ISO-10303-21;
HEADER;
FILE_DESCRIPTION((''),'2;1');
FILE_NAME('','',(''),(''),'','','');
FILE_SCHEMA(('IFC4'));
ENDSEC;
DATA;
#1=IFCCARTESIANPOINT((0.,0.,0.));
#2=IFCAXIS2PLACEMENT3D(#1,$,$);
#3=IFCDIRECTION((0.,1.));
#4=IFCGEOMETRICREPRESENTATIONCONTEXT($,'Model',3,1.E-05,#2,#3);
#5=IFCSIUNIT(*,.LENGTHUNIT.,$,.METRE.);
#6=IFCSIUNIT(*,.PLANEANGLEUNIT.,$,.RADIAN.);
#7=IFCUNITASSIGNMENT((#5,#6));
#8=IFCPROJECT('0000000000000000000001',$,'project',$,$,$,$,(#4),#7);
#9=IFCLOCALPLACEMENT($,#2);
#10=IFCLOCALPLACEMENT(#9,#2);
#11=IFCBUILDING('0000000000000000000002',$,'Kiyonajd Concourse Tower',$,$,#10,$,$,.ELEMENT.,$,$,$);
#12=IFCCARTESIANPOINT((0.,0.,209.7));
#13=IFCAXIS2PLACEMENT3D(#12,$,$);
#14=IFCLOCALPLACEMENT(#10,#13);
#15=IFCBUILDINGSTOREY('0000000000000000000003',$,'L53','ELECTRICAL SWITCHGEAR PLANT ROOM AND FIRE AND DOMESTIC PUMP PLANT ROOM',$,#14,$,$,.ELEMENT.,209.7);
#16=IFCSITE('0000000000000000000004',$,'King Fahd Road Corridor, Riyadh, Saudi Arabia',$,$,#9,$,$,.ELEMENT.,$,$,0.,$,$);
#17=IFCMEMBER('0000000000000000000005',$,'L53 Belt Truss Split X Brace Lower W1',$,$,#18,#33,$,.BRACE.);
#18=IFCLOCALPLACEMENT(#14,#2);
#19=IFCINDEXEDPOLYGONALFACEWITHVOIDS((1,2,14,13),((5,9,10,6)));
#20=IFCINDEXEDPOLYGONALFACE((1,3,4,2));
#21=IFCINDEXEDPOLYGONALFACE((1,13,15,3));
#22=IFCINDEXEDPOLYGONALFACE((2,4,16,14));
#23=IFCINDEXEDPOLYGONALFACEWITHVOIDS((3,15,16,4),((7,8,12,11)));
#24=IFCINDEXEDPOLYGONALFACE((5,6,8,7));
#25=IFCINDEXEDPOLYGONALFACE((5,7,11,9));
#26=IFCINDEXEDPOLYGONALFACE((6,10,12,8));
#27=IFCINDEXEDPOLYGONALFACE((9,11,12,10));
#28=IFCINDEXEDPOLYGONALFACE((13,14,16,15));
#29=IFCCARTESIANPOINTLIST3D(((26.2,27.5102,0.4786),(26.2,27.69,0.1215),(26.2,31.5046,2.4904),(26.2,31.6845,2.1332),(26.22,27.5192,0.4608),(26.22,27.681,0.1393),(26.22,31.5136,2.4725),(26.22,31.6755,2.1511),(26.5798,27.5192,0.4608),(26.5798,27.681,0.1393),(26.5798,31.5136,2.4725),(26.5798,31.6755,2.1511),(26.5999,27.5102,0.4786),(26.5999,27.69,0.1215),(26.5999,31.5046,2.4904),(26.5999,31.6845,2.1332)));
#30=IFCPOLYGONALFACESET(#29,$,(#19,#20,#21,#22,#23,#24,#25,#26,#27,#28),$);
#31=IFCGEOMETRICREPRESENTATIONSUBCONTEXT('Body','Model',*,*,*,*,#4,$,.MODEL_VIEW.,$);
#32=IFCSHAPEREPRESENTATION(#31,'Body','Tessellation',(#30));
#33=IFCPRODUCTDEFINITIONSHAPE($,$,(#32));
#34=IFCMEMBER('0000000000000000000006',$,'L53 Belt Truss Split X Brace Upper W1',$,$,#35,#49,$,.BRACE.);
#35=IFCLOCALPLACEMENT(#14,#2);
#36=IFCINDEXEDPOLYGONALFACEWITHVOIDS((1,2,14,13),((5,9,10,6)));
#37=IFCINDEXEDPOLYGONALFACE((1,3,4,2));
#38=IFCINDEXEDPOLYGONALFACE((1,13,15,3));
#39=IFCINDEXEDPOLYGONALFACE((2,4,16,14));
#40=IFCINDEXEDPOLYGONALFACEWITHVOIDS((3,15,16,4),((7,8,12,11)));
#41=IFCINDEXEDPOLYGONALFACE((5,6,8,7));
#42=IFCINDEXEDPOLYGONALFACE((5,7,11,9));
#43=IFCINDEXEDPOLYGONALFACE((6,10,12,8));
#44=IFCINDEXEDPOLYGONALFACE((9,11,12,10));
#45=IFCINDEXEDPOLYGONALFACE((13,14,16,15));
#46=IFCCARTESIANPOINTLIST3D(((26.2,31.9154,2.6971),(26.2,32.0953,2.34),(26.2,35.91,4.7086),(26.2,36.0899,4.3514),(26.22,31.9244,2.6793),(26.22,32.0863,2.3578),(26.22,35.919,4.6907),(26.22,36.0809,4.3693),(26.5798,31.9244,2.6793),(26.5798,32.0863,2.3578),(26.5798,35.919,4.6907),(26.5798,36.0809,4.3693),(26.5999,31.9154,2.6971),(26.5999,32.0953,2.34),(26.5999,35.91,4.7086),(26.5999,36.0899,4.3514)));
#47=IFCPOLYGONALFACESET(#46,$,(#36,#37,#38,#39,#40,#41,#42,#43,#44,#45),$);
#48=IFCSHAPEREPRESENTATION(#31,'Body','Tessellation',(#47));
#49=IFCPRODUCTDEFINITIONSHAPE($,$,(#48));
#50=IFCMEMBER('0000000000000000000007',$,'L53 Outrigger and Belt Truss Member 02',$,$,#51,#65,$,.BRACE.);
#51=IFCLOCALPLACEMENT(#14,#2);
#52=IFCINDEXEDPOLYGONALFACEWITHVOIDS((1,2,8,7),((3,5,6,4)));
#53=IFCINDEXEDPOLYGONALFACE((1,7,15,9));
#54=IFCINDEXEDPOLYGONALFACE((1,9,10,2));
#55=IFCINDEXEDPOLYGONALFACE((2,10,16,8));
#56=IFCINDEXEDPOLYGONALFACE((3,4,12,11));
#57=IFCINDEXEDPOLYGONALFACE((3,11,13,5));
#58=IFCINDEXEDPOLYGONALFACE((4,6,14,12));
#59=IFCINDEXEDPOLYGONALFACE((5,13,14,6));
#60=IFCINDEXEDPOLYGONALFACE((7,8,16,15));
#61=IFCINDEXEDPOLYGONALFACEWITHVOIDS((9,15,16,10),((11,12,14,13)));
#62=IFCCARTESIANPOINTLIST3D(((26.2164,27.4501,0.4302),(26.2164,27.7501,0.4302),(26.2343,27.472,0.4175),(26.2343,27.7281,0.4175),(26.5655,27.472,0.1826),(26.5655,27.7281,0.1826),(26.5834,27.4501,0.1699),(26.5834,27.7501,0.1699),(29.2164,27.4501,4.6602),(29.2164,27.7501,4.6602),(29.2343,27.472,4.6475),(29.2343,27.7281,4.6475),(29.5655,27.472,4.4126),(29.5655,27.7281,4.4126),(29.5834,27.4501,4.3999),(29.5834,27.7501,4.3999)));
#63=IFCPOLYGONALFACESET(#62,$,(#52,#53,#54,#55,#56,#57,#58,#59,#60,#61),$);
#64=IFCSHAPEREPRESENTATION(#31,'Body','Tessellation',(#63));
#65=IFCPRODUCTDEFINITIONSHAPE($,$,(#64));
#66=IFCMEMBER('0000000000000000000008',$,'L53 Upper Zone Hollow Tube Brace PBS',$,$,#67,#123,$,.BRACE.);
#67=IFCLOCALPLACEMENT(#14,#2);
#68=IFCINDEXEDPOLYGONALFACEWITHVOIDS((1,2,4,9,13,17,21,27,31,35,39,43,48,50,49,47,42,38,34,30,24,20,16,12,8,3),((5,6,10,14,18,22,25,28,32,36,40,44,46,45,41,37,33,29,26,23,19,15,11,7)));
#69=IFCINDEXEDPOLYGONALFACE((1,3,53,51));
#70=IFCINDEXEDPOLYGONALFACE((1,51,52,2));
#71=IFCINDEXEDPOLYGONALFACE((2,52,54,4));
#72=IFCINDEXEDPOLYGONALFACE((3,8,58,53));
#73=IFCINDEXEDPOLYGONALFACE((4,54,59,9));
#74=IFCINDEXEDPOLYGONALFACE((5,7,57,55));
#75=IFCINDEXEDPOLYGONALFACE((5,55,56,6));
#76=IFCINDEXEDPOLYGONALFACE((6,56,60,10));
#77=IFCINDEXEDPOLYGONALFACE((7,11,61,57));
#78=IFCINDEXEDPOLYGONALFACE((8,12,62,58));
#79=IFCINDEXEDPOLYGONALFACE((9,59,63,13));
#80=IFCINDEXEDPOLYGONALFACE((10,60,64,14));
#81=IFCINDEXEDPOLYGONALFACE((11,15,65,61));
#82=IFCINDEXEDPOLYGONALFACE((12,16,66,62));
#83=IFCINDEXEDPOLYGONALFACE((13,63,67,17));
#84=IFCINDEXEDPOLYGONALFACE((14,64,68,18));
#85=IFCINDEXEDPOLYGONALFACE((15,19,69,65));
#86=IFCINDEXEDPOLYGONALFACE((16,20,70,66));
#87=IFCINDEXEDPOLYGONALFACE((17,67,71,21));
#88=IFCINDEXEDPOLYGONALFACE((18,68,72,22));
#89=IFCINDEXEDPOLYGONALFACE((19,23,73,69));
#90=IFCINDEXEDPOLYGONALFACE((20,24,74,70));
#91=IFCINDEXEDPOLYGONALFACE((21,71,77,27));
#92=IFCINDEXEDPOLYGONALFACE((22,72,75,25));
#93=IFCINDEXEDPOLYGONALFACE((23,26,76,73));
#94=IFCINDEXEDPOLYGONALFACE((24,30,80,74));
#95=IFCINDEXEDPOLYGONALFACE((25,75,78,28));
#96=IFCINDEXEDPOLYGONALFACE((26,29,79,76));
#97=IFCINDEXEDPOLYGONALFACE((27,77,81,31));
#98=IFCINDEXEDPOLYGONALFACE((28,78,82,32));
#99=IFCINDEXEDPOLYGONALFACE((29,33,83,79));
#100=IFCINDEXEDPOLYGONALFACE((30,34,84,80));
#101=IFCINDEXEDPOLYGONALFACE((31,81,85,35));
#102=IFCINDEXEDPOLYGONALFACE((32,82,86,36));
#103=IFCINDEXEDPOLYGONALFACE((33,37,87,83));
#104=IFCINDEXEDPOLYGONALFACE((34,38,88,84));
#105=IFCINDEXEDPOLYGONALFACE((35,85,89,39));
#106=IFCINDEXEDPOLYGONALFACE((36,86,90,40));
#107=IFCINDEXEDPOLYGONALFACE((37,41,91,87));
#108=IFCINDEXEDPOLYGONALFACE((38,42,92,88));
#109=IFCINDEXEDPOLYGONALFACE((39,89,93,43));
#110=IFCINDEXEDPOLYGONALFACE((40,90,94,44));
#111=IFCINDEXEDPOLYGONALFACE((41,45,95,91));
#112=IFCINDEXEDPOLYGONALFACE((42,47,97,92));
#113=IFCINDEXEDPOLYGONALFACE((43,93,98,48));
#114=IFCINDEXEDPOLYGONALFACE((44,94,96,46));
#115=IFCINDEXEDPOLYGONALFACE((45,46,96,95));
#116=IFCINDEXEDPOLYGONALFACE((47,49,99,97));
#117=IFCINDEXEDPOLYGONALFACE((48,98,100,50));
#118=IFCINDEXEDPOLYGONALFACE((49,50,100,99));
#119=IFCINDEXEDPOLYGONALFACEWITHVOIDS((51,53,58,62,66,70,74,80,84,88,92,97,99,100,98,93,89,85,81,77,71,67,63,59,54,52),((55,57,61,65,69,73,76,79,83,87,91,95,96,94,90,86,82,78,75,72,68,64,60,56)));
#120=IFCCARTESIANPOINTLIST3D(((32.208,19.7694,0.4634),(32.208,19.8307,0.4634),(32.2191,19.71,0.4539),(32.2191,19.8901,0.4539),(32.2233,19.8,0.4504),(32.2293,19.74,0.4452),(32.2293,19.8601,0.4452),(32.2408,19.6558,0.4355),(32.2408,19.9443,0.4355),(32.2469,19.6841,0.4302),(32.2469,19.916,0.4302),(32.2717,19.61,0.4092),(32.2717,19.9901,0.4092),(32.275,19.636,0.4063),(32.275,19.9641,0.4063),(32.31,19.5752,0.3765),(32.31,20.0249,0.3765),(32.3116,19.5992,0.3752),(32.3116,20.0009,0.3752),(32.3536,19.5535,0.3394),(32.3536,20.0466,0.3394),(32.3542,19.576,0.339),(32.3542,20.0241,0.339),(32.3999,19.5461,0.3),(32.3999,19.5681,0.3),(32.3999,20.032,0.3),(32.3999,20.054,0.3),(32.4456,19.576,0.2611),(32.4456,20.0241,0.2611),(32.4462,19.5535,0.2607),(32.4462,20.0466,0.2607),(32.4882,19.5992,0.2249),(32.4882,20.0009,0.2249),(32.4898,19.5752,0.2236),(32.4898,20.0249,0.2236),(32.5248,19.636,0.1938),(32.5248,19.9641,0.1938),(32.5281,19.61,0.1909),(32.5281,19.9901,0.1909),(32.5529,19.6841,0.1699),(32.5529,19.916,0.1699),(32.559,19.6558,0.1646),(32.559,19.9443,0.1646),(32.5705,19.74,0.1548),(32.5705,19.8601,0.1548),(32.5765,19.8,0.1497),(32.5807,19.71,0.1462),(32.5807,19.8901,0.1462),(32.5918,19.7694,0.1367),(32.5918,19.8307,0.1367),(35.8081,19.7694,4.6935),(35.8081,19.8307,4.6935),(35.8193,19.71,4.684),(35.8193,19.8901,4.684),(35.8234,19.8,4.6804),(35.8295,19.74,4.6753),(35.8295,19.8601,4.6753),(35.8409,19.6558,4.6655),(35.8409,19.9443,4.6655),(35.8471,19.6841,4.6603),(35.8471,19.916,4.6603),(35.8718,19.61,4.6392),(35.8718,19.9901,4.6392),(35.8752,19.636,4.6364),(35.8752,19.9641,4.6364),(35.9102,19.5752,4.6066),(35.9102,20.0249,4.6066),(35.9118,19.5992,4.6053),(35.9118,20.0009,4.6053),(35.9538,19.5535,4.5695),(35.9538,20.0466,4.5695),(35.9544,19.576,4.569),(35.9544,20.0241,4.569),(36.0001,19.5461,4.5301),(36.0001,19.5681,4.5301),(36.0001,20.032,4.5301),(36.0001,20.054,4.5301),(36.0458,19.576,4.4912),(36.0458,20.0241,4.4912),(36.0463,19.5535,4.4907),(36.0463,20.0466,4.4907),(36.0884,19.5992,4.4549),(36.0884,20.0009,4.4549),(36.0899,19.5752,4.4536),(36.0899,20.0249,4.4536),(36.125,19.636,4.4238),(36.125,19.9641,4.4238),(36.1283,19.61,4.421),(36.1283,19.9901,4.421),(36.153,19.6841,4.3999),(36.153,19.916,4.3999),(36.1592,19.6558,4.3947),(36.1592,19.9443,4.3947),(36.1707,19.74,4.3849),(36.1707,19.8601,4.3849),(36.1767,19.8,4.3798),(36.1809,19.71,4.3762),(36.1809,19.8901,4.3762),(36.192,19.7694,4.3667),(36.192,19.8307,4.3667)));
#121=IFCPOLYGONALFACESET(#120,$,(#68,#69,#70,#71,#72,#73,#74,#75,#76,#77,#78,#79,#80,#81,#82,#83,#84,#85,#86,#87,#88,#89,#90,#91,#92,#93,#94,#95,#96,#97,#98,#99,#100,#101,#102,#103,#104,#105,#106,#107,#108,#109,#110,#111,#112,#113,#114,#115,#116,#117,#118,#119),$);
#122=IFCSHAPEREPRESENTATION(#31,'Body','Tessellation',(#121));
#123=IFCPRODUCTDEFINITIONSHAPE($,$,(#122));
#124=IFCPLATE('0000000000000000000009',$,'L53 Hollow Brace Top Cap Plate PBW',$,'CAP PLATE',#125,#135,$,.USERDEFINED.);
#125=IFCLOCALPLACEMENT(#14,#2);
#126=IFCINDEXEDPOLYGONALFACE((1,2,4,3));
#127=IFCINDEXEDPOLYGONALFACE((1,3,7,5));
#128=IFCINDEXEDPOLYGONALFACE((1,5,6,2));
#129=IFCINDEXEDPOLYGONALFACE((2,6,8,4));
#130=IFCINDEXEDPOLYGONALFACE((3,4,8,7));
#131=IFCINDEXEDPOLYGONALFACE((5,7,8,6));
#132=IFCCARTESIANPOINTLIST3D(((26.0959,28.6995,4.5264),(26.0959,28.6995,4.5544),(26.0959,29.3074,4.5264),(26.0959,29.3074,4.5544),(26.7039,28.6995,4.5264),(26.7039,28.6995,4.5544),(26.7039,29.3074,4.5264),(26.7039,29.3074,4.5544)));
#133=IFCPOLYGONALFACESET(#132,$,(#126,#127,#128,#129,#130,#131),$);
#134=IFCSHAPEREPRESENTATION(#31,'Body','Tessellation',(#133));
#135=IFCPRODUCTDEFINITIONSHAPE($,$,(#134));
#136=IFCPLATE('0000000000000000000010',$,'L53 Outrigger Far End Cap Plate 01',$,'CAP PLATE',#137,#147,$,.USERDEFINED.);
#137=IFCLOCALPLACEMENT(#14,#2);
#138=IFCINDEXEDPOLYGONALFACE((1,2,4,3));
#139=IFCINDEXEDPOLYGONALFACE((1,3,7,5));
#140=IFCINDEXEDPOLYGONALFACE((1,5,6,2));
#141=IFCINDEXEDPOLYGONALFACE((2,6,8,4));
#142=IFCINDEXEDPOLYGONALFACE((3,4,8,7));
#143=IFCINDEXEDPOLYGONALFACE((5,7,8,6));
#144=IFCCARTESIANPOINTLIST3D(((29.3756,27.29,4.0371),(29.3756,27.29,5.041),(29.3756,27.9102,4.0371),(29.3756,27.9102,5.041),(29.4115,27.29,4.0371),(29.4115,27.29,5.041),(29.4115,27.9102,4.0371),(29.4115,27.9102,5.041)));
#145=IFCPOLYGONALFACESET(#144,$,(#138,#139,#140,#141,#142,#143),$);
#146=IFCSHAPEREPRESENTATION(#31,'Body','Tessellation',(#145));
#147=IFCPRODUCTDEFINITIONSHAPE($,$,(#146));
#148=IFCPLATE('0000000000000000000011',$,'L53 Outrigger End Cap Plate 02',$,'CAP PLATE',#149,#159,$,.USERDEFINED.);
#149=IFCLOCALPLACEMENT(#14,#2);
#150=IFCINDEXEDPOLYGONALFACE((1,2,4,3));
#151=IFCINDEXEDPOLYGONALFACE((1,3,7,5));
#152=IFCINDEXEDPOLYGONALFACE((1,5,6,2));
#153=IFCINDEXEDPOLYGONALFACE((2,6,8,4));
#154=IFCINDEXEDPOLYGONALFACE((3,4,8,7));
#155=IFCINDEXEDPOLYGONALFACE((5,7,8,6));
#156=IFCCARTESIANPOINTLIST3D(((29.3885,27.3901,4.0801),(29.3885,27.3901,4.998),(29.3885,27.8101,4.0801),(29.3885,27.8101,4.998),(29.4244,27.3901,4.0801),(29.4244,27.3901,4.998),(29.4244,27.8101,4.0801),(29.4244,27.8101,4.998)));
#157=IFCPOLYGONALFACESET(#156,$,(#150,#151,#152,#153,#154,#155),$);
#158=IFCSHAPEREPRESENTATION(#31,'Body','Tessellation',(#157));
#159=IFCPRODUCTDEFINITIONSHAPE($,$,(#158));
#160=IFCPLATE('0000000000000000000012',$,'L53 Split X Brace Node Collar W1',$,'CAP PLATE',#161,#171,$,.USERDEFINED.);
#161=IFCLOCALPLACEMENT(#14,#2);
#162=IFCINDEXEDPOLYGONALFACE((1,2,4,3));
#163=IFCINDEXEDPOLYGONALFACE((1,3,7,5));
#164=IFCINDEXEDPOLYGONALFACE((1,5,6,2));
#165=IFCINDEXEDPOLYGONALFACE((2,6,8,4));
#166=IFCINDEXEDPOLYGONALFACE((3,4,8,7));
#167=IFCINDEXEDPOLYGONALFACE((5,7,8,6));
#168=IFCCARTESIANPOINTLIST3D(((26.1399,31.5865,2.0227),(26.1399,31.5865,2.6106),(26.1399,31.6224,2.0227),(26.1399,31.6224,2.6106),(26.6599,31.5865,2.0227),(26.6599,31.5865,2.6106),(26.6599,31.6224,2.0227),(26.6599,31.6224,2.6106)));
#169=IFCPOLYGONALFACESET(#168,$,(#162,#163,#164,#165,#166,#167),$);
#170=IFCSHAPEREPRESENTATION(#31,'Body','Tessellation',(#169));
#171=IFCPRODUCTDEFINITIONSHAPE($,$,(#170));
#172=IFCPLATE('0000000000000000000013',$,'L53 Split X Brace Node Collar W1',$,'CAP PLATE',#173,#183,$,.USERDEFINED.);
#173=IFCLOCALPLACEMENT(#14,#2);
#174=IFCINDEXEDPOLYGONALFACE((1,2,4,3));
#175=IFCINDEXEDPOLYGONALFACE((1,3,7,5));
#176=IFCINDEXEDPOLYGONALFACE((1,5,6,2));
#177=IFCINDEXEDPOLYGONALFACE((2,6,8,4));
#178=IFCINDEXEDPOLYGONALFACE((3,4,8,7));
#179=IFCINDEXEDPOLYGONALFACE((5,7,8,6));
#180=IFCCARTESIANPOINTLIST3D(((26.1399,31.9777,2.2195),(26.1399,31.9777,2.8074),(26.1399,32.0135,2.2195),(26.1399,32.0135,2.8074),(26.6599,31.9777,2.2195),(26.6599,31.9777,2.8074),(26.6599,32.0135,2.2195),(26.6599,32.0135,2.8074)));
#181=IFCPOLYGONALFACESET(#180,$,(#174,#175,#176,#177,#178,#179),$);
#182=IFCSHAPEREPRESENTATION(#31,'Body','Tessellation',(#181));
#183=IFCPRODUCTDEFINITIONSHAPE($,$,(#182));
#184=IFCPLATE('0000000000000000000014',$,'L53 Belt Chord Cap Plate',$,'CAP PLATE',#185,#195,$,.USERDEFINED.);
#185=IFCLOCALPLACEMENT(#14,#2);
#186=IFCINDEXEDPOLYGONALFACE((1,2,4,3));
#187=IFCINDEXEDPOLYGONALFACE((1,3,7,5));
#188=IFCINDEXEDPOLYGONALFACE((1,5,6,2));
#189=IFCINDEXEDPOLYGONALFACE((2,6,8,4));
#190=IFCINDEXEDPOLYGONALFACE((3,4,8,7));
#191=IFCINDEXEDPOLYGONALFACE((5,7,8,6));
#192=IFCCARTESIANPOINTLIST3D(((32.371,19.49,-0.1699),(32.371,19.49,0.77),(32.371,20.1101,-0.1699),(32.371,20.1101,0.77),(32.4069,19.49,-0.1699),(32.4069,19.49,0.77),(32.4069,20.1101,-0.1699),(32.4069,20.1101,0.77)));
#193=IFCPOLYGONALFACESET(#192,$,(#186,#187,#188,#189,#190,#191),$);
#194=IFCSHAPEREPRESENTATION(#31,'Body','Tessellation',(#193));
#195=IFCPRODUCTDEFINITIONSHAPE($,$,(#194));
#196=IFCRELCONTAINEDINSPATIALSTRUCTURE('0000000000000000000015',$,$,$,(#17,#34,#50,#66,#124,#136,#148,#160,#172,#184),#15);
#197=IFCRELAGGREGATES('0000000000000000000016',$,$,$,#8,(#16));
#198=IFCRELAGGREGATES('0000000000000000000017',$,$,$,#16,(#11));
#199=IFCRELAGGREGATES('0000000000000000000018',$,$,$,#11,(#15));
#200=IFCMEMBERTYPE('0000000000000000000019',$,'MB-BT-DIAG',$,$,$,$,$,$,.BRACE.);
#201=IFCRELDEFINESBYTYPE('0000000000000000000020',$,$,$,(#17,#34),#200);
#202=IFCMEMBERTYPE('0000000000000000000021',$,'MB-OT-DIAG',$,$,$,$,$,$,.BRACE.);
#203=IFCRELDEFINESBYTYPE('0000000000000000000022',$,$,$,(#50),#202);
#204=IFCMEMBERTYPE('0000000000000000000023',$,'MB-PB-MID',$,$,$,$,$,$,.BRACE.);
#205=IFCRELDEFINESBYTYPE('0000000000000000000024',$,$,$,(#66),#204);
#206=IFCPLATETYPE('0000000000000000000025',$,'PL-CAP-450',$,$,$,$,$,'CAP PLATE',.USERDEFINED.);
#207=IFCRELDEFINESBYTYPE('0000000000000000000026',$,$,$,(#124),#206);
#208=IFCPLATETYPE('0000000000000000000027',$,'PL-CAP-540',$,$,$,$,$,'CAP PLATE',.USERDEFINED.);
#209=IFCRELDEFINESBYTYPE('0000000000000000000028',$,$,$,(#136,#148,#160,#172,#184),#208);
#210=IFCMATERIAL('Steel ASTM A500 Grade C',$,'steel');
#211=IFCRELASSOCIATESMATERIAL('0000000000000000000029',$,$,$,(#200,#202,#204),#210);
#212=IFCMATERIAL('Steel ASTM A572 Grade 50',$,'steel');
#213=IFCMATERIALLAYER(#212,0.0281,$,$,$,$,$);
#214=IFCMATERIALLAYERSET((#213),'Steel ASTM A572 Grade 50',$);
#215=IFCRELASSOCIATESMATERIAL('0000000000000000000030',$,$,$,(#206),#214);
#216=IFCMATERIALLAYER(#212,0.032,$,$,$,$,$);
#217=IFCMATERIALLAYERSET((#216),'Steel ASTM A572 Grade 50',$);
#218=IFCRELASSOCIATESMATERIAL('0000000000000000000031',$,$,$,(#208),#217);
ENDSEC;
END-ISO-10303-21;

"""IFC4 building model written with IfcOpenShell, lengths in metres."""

from ifc_helpers import new_model, si_unit, direction, frame, origin, origin_2d, place, context, subcontext, project, spatial, rectangle, hollow_rectangle, hollow_circle, extrude, material, layer, layer_set, material_profile, profile_set, type_object, element, save


model = new_model("IFC4")

# Units and contexts
model_context = context("Model", 3, precision=1e-05, world=origin(), true_north=direction((0.0, 1.0)))
body_context = subcontext(model_context, "Body", "Model", "MODEL_VIEW")
ifc_project = project(units=[si_unit("LENGTHUNIT", "METRE"), si_unit("PLANEANGLEUNIT", "RADIAN")], contexts=[model_context])

# Site, building, storey
site_placement = place(None, origin())
site = spatial("IfcSite", under=ifc_project, at=site_placement, Name="King Fahd Road Corridor, Riyadh, Saudi Arabia", CompositionType="ELEMENT", RefElevation=0.0)
building_placement = place(site_placement, origin())
building = spatial("IfcBuilding", under=site, at=building_placement, Name="Kiyonajd Concourse Tower", CompositionType="ELEMENT")
storey_placement = place(building_placement, frame((0.0, 0.0, 209.7)))
storey = spatial("IfcBuildingStorey", under=building, at=storey_placement, Name="L53", Description="ELECTRICAL SWITCHGEAR PLANT ROOM AND FIRE AND DOMESTIC PUMP PLANT ROOM", CompositionType="ELEMENT", Elevation=209.7)

# Shared definitions
ifc_material_1 = material(Name="Steel ASTM A572 Grade 50", Category="steel")

# Members
ifc_material_2 = material(Name="Steel ASTM A500 Grade C", Category="steel")
ifc_material_profile_1 = material_profile(ifc_material_2, hollow_rectangle(XDim=0.3999, YDim=0.3999, WallThickness=0.02, at=origin_2d()), Name="HSS-400x400x20")
ifc_profile_set_1 = profile_set([ifc_material_profile_1], Name="Steel ASTM A500 Grade C")
member_type_1 = type_object("IfcMemberType", Name="MB-BT-DIAG", PredefinedType="BRACE", material=ifc_profile_set_1)
for number, where, z_axis, x_axis, name in (
    (1, (26.3999, 27.6001, 0.3), (0.0, 0.893124, 0.44981), (-1.0, 0.0, 0.0), "L53 Belt Truss Split X Brace Lower W1"),
    (2, (26.3999, 32.0054, 2.5186), (0.0, 0.893157, 0.449745), (-1.0, 0.0, 0.0), "L53 Belt Truss Split X Brace Upper W1"),
):
    element("IfcMember", number, at=place(storey_placement, frame(where, z_axis=z_axis, x_axis=x_axis)), inside=storey, type_object=member_type_1, Name=name, PredefinedType="BRACE", context=body_context, shape_type="SweptSolid", body=[
        extrude(hollow_rectangle(XDim=0.3999, YDim=0.3999, WallThickness=0.02, at=origin_2d()), origin(), (0.0, 0.0, 1.0), 4.4724),
    ])
ifc_material_profile_2 = material_profile(ifc_material_2, hollow_rectangle(XDim=0.3, YDim=0.45, WallThickness=0.022, at=origin_2d()), Name="HSS-450x300x22")
ifc_profile_set_2 = profile_set([ifc_material_profile_2], Name="Steel ASTM A500 Grade C")
member_type_2 = type_object("IfcMemberType", Name="MB-OT-DIAG", PredefinedType="BRACE", material=ifc_profile_set_2)
member_1_placement = place(storey_placement, frame((29.3999, 27.6001, 4.53), z_axis=(-0.578501, 0.0, -0.815682), x_axis=(0.0, -1.0, 0.0)))
element("IfcMember", 3, at=member_1_placement, inside=storey, type_object=member_type_2, Name="L53 Outrigger and Belt Truss Member 02", PredefinedType="BRACE", context=body_context, shape_type="SweptSolid", body=[
    extrude(hollow_rectangle(XDim=0.3, YDim=0.45, WallThickness=0.022, at=origin_2d()), origin(), (0.0, 0.0, 1.0), 5.1858),
])
ifc_material_profile_3 = material_profile(ifc_material_2, hollow_circle(Radius=0.2539, WallThickness=0.022, at=origin_2d()), Name="CHS-508x22")
ifc_profile_set_3 = profile_set([ifc_material_profile_3], Name="Steel ASTM A500 Grade C")
member_type_3 = type_object("IfcMemberType", Name="MB-PB-MID", PredefinedType="BRACE", material=ifc_profile_set_3)
member_2_placement = place(storey_placement, frame((32.3999, 19.8, 0.3), z_axis=(0.648131, 0.0, 0.761529), x_axis=(0.0, 1.0, 0.0)))
element("IfcMember", 4, at=member_2_placement, inside=storey, type_object=member_type_3, Name="L53 Upper Zone Hollow Tube Brace PBS", PredefinedType="BRACE", context=body_context, shape_type="SweptSolid", body=[
    extrude(hollow_circle(Radius=0.2539, WallThickness=0.022, at=origin_2d()), origin(), (0.0, 0.0, 1.0), 5.5547),
])

# Plates
ifc_layer_1 = layer(ifc_material_1, 0.0281)
ifc_layer_set_1 = layer_set([ifc_layer_1], Name="Steel ASTM A572 Grade 50")
plate_type_1 = type_object("IfcPlateType", Name="PL-CAP-450", ElementType="CAP PLATE", PredefinedType="USERDEFINED", material=ifc_layer_set_1)
plate_1_placement = place(storey_placement, frame((26.3999, 29.0034, 4.5264), z_axis=(0.0, 0.0, 1.0), x_axis=(1.0, 0.0, 0.0)))
element("IfcPlate", 5, at=plate_1_placement, inside=storey, type_object=plate_type_1, Name="L53 Hollow Brace Top Cap Plate PBW", ObjectType="CAP PLATE", PredefinedType="USERDEFINED", context=body_context, shape_type="SweptSolid", body=[
    extrude(rectangle(XDim=0.6079, YDim=0.6079, at=origin_2d()), origin(), (0.0, 0.0, 1.0), 0.0281),
])
ifc_layer_2 = layer(ifc_material_1, 0.032)
ifc_layer_set_2 = layer_set([ifc_layer_2], Name="Steel ASTM A572 Grade 50")
plate_type_2 = type_object("IfcPlateType", Name="PL-CAP-540", ElementType="CAP PLATE", PredefinedType="USERDEFINED", material=ifc_layer_set_2)
plate_2_placement = place(storey_placement, frame((29.3936, 27.6001, 4.0371), z_axis=(0.0, 0.0, 1.0), x_axis=(-1.0, 0.0, 0.0)))
element("IfcPlate", 6, at=plate_2_placement, inside=storey, type_object=plate_type_2, Name="L53 Outrigger Far End Cap Plate 01", ObjectType="CAP PLATE", PredefinedType="USERDEFINED", context=body_context, shape_type="SweptSolid", body=[
    extrude(rectangle(XDim=0.0359, YDim=0.6201, at=origin_2d()), origin(), (0.0, 0.0, 1.0), 1.0039),
])
plate_3_placement = place(storey_placement, frame((29.4065, 27.6001, 4.0801), z_axis=(0.0, 0.0, 1.0), x_axis=(1.0, 0.0, 0.0)))
element("IfcPlate", 7, at=plate_3_placement, inside=storey, type_object=plate_type_2, Name="L53 Outrigger End Cap Plate 02", ObjectType="CAP PLATE", PredefinedType="USERDEFINED", context=body_context, shape_type="SweptSolid", body=[
    extrude(rectangle(XDim=0.0359, YDim=0.4199, at=origin_2d()), origin(), (0.0, 0.0, 1.0), 0.918),
])
for number, where, z_axis, x_axis, name in (
    (8, (26.3999, 31.6045, 2.0227), (0.0, 0.0, 1.0), (0.0, 1.0, 0.0), "L53 Split X Brace Node Collar W1"),
    (9, (26.3999, 31.9956, 2.2195), (0.0, 0.0, 1.0), (0.0, -1.0, 0.0), "L53 Split X Brace Node Collar W1"),
):
    element("IfcPlate", number, at=place(storey_placement, frame(where, z_axis=z_axis, x_axis=x_axis)), inside=storey, type_object=plate_type_2, Name=name, ObjectType="CAP PLATE", PredefinedType="USERDEFINED", context=body_context, shape_type="SweptSolid", body=[
        extrude(rectangle(XDim=0.0359, YDim=0.52, at=origin_2d()), origin(), (0.0, 0.0, 1.0), 0.5879),
    ])
plate_4_placement = place(storey_placement, frame((32.3889, 19.8, -0.1699), z_axis=(0.0, 0.0, 1.0), x_axis=(-1.0, 0.0, 0.0)))
element("IfcPlate", 10, at=plate_4_placement, inside=storey, type_object=plate_type_2, Name="L53 Belt Chord Cap Plate", ObjectType="CAP PLATE", PredefinedType="USERDEFINED", context=body_context, shape_type="SweptSolid", body=[
    extrude(rectangle(XDim=0.0359, YDim=0.6201, at=origin_2d()), origin(), (0.0, 0.0, 1.0), 0.9399),
])

save(model, "model.ifc")
